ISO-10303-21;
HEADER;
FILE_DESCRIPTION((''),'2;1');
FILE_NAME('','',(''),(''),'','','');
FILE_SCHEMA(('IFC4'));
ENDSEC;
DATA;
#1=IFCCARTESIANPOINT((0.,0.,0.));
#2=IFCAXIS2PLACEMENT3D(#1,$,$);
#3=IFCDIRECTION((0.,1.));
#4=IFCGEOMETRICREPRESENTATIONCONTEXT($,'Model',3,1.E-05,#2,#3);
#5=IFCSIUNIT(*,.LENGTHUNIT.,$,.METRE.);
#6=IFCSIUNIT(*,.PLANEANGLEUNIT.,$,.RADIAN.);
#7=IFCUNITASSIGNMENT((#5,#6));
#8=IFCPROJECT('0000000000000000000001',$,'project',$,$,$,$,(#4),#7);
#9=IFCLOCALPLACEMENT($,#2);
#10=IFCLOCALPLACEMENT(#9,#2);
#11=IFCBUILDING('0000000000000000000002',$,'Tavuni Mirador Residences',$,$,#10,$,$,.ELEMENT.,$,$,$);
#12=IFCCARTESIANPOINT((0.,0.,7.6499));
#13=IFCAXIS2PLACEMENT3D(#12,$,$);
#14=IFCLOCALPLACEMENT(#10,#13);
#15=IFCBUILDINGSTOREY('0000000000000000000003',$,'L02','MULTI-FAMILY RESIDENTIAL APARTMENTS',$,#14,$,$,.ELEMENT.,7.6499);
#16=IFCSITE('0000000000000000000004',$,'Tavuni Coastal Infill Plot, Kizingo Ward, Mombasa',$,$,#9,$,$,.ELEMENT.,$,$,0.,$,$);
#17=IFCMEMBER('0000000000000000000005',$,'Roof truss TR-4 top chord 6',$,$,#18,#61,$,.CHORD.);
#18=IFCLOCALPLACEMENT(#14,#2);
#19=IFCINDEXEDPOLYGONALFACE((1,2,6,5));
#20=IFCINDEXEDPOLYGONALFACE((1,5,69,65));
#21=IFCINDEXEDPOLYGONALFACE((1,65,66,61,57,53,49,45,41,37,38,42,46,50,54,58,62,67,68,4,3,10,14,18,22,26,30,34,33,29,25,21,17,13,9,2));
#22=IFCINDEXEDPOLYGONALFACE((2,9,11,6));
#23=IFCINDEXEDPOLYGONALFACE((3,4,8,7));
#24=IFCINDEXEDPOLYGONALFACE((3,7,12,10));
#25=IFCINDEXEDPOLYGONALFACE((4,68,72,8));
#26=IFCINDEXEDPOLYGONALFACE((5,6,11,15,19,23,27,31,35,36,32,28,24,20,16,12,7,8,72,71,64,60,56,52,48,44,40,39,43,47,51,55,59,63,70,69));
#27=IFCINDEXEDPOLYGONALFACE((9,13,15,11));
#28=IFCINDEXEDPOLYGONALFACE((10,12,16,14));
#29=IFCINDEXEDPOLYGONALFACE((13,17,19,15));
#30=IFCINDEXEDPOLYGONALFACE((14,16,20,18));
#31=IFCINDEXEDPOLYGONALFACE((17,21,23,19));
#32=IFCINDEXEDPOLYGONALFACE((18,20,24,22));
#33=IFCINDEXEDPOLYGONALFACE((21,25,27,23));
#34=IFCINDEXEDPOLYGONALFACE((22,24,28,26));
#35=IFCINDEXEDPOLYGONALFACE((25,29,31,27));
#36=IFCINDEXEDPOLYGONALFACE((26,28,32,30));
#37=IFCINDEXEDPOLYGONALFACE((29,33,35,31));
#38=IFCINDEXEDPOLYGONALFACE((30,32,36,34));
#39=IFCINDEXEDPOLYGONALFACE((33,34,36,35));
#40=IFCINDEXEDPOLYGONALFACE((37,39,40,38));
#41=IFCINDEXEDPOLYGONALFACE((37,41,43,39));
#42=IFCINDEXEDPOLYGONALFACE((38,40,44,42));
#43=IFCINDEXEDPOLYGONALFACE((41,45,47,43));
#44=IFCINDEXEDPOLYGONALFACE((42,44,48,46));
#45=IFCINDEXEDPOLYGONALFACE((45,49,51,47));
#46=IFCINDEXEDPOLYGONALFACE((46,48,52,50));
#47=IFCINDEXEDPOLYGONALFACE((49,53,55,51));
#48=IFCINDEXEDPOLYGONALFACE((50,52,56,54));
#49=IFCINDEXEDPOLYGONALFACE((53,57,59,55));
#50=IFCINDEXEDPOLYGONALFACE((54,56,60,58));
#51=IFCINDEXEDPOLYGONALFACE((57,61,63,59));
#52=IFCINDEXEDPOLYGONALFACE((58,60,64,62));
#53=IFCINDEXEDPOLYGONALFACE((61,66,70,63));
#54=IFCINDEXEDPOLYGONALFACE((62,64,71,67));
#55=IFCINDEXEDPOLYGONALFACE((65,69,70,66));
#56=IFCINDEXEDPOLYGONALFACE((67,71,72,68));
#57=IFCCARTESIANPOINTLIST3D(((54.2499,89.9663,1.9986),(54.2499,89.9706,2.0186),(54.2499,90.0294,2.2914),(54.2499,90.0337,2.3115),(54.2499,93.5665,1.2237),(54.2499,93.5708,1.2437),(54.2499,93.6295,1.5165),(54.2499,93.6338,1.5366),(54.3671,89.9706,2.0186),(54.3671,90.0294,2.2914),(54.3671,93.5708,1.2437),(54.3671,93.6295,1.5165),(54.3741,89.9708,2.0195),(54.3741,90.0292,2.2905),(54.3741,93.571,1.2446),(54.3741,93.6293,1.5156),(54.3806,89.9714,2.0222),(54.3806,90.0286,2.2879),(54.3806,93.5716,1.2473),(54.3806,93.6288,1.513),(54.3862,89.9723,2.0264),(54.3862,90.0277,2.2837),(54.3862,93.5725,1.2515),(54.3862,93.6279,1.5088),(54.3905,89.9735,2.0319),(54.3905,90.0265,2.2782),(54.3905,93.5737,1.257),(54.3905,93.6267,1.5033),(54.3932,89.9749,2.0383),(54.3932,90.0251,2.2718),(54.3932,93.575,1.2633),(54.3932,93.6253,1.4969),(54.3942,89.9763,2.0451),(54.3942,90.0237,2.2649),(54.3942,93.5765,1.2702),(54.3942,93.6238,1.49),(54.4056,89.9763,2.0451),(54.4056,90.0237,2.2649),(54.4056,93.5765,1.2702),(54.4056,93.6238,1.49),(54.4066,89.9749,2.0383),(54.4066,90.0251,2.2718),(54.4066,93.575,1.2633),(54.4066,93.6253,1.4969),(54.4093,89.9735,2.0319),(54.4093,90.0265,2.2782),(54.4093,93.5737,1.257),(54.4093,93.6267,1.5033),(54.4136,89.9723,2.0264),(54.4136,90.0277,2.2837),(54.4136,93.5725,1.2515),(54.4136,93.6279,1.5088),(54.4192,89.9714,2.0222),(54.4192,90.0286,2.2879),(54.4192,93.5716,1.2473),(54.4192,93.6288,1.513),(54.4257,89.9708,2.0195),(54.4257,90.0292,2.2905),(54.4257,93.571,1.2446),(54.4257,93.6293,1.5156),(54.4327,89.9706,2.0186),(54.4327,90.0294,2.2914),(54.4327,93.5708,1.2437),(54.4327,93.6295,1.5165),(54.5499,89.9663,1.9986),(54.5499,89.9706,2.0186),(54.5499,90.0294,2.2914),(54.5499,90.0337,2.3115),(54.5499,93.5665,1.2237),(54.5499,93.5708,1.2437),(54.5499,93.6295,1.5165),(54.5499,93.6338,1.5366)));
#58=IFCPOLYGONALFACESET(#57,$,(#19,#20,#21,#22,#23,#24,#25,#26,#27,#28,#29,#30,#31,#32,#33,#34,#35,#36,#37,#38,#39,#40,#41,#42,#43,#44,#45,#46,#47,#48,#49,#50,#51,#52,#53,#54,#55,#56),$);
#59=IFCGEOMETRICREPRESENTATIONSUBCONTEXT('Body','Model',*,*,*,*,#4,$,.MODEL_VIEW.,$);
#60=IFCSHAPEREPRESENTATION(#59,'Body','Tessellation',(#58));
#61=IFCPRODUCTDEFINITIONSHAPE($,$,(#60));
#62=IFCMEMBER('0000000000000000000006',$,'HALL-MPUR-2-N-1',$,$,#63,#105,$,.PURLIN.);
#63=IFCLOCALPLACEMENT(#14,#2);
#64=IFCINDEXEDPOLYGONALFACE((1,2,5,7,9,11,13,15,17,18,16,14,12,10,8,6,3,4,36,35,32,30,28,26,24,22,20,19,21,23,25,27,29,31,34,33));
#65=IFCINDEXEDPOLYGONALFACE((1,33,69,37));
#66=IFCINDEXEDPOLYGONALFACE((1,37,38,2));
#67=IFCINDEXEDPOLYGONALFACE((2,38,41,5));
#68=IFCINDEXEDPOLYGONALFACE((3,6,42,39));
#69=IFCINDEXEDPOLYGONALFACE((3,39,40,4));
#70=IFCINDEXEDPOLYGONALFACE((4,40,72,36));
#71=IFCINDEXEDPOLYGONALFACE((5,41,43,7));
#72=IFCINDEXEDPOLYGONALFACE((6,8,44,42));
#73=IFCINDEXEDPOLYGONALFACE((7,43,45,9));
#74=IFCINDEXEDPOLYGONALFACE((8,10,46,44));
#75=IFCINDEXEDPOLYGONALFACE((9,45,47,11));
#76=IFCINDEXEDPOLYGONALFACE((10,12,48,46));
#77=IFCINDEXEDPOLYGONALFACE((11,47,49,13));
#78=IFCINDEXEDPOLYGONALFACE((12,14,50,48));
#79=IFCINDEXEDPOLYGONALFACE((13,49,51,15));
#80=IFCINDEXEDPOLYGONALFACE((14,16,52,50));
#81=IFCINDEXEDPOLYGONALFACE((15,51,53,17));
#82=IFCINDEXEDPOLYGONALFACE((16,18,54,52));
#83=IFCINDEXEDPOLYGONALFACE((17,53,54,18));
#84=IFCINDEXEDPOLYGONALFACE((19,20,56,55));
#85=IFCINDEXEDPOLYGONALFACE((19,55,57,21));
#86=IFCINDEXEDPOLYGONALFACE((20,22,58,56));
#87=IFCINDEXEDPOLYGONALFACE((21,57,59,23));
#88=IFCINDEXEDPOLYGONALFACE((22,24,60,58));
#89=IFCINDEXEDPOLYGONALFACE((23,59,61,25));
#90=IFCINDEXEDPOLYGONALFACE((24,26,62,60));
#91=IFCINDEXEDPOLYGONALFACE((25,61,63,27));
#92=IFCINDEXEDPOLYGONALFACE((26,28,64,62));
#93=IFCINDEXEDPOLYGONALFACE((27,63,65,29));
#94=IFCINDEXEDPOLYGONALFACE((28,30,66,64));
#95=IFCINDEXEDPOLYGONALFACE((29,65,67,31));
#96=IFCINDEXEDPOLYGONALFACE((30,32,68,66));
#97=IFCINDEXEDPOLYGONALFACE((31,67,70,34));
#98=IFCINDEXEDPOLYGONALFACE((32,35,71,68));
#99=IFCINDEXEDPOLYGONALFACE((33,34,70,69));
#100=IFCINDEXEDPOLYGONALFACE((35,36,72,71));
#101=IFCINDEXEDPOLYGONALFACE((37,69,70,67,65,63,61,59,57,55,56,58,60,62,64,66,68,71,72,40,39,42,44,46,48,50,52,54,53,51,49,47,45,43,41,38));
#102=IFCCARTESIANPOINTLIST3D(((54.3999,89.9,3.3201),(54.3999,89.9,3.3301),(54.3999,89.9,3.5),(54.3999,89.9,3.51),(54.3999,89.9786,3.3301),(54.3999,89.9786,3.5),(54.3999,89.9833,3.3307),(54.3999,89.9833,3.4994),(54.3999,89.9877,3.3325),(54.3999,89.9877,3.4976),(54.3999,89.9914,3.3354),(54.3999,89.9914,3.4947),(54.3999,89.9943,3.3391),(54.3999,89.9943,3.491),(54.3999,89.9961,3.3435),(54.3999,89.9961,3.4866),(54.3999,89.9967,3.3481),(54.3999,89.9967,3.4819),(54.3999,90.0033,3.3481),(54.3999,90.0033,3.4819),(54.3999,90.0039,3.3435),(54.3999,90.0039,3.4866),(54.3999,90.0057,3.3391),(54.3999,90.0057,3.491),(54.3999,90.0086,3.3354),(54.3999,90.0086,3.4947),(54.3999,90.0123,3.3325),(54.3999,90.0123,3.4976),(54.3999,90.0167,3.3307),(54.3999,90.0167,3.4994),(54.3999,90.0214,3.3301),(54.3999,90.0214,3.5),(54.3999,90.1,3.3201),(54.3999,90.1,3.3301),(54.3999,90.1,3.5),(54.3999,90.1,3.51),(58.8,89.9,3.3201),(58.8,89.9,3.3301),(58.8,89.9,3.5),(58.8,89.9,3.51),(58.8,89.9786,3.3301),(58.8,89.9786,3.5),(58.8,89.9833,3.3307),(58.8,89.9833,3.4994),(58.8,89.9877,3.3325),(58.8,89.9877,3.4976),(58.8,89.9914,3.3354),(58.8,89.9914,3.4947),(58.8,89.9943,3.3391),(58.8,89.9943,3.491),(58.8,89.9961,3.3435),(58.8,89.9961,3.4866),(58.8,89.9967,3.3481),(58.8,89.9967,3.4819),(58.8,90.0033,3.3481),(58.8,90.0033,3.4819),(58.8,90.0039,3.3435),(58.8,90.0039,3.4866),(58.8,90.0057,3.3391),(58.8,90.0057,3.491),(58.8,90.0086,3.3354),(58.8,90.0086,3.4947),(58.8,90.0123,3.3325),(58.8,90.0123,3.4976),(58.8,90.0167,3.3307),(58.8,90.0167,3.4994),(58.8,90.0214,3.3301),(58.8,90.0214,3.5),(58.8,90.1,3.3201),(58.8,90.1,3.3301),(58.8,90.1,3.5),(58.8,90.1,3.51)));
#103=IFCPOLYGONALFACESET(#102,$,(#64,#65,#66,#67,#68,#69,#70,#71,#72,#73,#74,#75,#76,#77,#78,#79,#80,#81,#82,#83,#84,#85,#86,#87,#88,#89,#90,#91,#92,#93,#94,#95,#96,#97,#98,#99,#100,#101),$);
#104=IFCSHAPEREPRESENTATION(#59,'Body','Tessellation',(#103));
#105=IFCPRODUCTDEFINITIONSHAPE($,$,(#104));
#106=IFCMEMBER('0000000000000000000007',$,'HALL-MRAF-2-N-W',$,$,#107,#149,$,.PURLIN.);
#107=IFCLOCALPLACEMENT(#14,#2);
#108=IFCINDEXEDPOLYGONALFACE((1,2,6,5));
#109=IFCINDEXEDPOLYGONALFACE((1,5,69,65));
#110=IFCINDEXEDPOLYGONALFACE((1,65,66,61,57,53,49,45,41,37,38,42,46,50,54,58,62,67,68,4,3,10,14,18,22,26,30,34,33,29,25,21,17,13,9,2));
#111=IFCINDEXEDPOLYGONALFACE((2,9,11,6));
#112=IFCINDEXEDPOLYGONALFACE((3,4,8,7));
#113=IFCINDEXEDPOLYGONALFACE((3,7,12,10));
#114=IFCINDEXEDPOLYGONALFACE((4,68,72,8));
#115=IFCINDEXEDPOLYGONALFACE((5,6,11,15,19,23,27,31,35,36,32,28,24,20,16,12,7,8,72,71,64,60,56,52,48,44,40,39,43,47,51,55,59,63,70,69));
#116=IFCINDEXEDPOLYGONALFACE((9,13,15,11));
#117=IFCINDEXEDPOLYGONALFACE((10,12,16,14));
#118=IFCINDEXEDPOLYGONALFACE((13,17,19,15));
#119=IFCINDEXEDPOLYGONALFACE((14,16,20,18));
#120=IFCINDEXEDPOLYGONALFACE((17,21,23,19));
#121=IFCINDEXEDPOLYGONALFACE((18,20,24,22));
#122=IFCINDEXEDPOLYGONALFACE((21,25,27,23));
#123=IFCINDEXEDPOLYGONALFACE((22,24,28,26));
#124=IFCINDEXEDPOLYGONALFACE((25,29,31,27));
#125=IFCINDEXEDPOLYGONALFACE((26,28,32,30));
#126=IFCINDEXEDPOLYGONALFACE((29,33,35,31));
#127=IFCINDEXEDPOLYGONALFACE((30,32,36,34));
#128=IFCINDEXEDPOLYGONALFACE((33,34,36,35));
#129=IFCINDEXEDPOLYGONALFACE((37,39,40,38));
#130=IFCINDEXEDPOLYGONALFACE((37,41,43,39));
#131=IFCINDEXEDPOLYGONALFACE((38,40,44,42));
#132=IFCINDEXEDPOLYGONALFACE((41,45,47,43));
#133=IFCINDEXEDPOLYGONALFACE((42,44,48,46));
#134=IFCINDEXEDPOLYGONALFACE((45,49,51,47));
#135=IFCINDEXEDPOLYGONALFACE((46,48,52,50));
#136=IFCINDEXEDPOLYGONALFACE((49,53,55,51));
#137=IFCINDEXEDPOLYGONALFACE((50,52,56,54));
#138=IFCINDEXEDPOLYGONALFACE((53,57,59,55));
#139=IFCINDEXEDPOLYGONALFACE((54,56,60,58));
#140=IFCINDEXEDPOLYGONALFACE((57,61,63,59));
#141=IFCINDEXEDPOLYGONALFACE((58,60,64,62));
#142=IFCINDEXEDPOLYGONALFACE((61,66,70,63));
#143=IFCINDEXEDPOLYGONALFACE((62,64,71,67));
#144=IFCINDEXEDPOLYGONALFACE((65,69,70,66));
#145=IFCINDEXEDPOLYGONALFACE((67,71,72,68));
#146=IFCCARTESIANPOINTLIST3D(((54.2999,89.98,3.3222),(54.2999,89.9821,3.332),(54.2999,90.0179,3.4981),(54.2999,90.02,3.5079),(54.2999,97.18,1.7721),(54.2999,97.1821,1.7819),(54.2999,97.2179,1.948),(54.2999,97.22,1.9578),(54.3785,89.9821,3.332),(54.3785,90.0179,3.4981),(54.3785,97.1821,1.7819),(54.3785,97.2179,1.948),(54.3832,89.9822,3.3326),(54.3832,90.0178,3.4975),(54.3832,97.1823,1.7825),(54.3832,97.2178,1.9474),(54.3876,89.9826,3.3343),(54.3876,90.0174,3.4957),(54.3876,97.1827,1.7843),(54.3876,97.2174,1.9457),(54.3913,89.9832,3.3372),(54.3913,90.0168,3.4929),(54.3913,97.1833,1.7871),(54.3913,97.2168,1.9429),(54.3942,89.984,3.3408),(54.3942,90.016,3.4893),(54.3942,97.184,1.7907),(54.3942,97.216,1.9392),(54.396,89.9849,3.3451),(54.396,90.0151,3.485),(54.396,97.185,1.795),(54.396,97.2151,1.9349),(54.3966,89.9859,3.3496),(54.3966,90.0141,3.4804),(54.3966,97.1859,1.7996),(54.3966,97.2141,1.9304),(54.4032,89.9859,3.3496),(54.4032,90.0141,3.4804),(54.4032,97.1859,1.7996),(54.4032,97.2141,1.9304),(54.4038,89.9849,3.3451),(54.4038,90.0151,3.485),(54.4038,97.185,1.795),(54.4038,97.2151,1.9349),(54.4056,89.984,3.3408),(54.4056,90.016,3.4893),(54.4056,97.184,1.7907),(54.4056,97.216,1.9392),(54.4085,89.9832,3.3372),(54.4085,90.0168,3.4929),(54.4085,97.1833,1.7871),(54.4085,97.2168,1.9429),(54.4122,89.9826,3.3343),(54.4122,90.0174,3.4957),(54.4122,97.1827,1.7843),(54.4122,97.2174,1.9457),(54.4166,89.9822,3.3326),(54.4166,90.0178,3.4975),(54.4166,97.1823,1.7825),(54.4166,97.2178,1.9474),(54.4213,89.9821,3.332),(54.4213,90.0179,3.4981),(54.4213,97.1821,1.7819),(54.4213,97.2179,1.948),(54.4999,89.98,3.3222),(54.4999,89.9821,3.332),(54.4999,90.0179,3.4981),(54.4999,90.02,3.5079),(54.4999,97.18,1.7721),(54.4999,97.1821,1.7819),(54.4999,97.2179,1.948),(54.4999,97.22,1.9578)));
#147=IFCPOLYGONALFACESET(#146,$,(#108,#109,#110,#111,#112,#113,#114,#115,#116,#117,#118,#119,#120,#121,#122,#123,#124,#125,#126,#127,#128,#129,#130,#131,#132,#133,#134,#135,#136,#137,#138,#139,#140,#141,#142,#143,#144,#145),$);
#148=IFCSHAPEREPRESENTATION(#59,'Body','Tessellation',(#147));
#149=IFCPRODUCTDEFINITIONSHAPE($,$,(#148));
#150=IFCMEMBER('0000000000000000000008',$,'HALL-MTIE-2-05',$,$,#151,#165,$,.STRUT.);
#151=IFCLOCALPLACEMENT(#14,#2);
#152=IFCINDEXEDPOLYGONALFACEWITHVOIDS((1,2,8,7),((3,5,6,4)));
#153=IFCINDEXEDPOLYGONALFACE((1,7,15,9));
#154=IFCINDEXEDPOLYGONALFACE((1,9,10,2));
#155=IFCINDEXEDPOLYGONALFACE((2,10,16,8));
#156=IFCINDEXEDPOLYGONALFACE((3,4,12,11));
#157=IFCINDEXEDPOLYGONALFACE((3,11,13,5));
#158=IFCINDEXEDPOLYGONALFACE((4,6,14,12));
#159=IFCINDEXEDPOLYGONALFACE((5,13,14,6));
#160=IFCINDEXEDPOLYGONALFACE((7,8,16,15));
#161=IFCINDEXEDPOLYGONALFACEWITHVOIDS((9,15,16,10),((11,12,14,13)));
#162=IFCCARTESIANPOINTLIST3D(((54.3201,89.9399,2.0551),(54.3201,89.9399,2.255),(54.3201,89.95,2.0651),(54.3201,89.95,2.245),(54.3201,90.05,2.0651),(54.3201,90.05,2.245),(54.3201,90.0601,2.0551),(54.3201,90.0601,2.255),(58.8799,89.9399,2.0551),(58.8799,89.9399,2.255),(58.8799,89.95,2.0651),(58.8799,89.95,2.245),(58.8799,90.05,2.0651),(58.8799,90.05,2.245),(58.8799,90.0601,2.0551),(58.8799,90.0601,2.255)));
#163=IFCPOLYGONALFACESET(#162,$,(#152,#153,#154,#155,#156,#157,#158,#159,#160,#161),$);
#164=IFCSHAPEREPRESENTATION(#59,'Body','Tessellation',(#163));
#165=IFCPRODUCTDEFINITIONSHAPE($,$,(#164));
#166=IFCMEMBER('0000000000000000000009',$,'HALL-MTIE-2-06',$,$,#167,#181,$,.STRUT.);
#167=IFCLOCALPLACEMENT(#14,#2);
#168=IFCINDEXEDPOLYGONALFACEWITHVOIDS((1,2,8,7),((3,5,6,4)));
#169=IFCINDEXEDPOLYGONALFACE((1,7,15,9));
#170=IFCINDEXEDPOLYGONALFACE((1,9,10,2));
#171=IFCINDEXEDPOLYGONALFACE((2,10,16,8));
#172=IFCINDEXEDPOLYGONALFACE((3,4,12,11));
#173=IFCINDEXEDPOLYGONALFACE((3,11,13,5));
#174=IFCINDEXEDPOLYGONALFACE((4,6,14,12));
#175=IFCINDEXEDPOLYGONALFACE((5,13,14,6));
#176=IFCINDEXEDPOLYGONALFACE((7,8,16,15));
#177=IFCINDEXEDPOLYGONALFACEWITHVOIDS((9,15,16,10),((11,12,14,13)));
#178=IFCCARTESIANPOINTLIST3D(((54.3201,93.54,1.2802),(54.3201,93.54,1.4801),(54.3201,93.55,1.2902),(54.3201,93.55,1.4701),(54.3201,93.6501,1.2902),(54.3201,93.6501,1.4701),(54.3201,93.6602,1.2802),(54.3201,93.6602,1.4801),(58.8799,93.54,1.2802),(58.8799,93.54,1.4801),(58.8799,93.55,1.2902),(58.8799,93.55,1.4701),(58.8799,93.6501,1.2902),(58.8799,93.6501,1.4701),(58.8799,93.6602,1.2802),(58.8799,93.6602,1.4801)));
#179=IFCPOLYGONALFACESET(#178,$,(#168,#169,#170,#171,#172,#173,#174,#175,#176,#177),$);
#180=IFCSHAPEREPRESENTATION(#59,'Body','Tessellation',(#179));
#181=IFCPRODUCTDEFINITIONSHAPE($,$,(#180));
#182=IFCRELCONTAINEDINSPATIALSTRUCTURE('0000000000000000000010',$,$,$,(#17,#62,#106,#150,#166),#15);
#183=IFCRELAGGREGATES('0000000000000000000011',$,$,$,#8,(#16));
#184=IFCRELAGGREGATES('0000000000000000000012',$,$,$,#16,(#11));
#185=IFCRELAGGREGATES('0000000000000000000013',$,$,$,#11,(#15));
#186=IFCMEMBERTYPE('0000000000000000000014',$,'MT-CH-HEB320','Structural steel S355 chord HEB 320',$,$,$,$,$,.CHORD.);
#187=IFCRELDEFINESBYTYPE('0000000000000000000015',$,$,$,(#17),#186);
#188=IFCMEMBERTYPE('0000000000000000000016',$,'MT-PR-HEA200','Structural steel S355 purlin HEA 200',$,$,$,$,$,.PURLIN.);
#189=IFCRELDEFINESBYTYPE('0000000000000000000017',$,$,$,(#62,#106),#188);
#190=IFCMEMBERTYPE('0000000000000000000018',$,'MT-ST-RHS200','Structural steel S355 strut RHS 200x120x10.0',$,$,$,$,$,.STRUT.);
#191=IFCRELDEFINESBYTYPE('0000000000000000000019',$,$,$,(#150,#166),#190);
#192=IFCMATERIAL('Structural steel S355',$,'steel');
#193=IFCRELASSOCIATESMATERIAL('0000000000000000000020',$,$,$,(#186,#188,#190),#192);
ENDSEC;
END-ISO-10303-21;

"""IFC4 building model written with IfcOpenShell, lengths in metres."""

from ifc_helpers import new_model, si_unit, direction, frame, origin, origin_2d, place, context, subcontext, project, spatial, hollow_rectangle, i_section, extrude, material, material_profile, profile_set, type_object, element, save


model = new_model("IFC4")

# Units and contexts
model_context = context("Model", 3, precision=1e-05, world=origin(), true_north=direction((0.0, 1.0)))
body_context = subcontext(model_context, "Body", "Model", "MODEL_VIEW")
ifc_project = project(units=[si_unit("LENGTHUNIT", "METRE"), si_unit("PLANEANGLEUNIT", "RADIAN")], contexts=[model_context])

# Site, building, storey
site_placement = place(None, origin())
site = spatial("IfcSite", under=ifc_project, at=site_placement, Name="Tavuni Coastal Infill Plot, Kizingo Ward, Mombasa", CompositionType="ELEMENT", RefElevation=0.0)
building_placement = place(site_placement, origin())
building = spatial("IfcBuilding", under=site, at=building_placement, Name="Tavuni Mirador Residences", CompositionType="ELEMENT")
storey_placement = place(building_placement, frame((0.0, 0.0, 7.6499)))
storey = spatial("IfcBuildingStorey", under=building, at=storey_placement, Name="L02", Description="MULTI-FAMILY RESIDENTIAL APARTMENTS", CompositionType="ELEMENT", Elevation=7.6499)

# Members
ifc_material_1 = material(Name="Structural steel S355", Category="steel")
ifc_material_profile_1 = material_profile(ifc_material_1, i_section(OverallWidth=0.3, OverallDepth=0.3201, WebThickness=0.0115, FlangeThickness=0.0205, FilletRadius=0.0271, at=origin_2d()), Name="HEB 320", Category="steel")
ifc_profile_set_1 = profile_set([ifc_material_profile_1], Name="Structural steel S355")
member_type_1 = type_object("IfcMemberType", Name="MT-CH-HEB320", Description="Structural steel S355 chord HEB 320", PredefinedType="CHORD", material=ifc_profile_set_1)
member_1_placement = place(storey_placement, frame((54.3999, 90.0, 2.155), z_axis=(0.0, 0.97761, -0.210425), x_axis=(-1.0, 0.0, 0.0)))
element("IfcMember", 1, at=member_1_placement, inside=storey, type_object=member_type_1, Name="Roof truss TR-4 top chord 6", PredefinedType="CHORD", context=body_context, shape_type="SweptSolid", body=[
    extrude(i_section(OverallWidth=0.3, OverallDepth=0.3201, WebThickness=0.0115, FlangeThickness=0.0205, FilletRadius=0.0271, at=origin_2d()), origin(), (0.0, 0.0, 1.0), 3.6826),
])
ifc_material_profile_2 = material_profile(ifc_material_1, i_section(OverallWidth=0.2, OverallDepth=0.1899, WebThickness=0.0066, FlangeThickness=0.01, FilletRadius=0.0181, at=origin_2d()), Name="HEA 200", Category="steel")
ifc_profile_set_2 = profile_set([ifc_material_profile_2], Name="Structural steel S355")
member_type_2 = type_object("IfcMemberType", Name="MT-PR-HEA200", Description="Structural steel S355 purlin HEA 200", PredefinedType="PURLIN", material=ifc_profile_set_2)
member_2_placement = place(storey_placement, frame((54.3999, 90.0, 3.415), z_axis=(1.0, 0.0, 0.0), x_axis=(0.0, 1.0, 0.0)))
element("IfcMember", 2, at=member_2_placement, inside=storey, type_object=member_type_2, Name="HALL-MPUR-2-N-1", PredefinedType="PURLIN", context=body_context, shape_type="SweptSolid", body=[
    extrude(i_section(OverallWidth=0.2, OverallDepth=0.1899, WebThickness=0.0066, FlangeThickness=0.01, FilletRadius=0.0181, at=origin_2d()), origin(), (0.0, 0.0, 1.0), 4.4001),
])
member_3_placement = place(storey_placement, frame((54.3999, 90.0, 3.415), z_axis=(0.0, 0.977602, -0.210464), x_axis=(-1.0, 0.0, 0.0)))
element("IfcMember", 3, at=member_3_placement, inside=storey, type_object=member_type_2, Name="HALL-MRAF-2-N-W", PredefinedType="PURLIN", context=body_context, shape_type="SweptSolid", body=[
    extrude(i_section(OverallWidth=0.2, OverallDepth=0.1899, WebThickness=0.0066, FlangeThickness=0.01, FilletRadius=0.0181, at=origin_2d()), origin(), (0.0, 0.0, 1.0), 7.365),
])
ifc_material_profile_3 = material_profile(ifc_material_1, hollow_rectangle(XDim=0.1201, YDim=0.2, WallThickness=0.01, at=origin_2d()), Name="RHS 200x120x10.0", Category="steel")
ifc_profile_set_3 = profile_set([ifc_material_profile_3], Name="Structural steel S355")
member_type_3 = type_object("IfcMemberType", Name="MT-ST-RHS200", Description="Structural steel S355 strut RHS 200x120x10.0", PredefinedType="STRUT", material=ifc_profile_set_3)
for number, where, z_axis, x_axis, name in (
    (4, (54.3201, 90.0, 2.155), (1.0, 0.0, 0.0), (0.0, 1.0, 0.0), "HALL-MTIE-2-05"),
    (5, (54.3201, 93.6001, 1.3801), (1.0, 0.0, 0.0), (0.0, 1.0, 0.0), "HALL-MTIE-2-06"),
):
    element("IfcMember", number, at=place(storey_placement, frame(where, z_axis=z_axis, x_axis=x_axis)), inside=storey, type_object=member_type_3, Name=name, PredefinedType="STRUT", context=body_context, shape_type="SweptSolid", body=[
        extrude(hollow_rectangle(XDim=0.1201, YDim=0.2, WallThickness=0.01, at=origin_2d()), origin(), (0.0, 0.0, 1.0), 4.5598),
    ])

save(model, "model.ifc")
